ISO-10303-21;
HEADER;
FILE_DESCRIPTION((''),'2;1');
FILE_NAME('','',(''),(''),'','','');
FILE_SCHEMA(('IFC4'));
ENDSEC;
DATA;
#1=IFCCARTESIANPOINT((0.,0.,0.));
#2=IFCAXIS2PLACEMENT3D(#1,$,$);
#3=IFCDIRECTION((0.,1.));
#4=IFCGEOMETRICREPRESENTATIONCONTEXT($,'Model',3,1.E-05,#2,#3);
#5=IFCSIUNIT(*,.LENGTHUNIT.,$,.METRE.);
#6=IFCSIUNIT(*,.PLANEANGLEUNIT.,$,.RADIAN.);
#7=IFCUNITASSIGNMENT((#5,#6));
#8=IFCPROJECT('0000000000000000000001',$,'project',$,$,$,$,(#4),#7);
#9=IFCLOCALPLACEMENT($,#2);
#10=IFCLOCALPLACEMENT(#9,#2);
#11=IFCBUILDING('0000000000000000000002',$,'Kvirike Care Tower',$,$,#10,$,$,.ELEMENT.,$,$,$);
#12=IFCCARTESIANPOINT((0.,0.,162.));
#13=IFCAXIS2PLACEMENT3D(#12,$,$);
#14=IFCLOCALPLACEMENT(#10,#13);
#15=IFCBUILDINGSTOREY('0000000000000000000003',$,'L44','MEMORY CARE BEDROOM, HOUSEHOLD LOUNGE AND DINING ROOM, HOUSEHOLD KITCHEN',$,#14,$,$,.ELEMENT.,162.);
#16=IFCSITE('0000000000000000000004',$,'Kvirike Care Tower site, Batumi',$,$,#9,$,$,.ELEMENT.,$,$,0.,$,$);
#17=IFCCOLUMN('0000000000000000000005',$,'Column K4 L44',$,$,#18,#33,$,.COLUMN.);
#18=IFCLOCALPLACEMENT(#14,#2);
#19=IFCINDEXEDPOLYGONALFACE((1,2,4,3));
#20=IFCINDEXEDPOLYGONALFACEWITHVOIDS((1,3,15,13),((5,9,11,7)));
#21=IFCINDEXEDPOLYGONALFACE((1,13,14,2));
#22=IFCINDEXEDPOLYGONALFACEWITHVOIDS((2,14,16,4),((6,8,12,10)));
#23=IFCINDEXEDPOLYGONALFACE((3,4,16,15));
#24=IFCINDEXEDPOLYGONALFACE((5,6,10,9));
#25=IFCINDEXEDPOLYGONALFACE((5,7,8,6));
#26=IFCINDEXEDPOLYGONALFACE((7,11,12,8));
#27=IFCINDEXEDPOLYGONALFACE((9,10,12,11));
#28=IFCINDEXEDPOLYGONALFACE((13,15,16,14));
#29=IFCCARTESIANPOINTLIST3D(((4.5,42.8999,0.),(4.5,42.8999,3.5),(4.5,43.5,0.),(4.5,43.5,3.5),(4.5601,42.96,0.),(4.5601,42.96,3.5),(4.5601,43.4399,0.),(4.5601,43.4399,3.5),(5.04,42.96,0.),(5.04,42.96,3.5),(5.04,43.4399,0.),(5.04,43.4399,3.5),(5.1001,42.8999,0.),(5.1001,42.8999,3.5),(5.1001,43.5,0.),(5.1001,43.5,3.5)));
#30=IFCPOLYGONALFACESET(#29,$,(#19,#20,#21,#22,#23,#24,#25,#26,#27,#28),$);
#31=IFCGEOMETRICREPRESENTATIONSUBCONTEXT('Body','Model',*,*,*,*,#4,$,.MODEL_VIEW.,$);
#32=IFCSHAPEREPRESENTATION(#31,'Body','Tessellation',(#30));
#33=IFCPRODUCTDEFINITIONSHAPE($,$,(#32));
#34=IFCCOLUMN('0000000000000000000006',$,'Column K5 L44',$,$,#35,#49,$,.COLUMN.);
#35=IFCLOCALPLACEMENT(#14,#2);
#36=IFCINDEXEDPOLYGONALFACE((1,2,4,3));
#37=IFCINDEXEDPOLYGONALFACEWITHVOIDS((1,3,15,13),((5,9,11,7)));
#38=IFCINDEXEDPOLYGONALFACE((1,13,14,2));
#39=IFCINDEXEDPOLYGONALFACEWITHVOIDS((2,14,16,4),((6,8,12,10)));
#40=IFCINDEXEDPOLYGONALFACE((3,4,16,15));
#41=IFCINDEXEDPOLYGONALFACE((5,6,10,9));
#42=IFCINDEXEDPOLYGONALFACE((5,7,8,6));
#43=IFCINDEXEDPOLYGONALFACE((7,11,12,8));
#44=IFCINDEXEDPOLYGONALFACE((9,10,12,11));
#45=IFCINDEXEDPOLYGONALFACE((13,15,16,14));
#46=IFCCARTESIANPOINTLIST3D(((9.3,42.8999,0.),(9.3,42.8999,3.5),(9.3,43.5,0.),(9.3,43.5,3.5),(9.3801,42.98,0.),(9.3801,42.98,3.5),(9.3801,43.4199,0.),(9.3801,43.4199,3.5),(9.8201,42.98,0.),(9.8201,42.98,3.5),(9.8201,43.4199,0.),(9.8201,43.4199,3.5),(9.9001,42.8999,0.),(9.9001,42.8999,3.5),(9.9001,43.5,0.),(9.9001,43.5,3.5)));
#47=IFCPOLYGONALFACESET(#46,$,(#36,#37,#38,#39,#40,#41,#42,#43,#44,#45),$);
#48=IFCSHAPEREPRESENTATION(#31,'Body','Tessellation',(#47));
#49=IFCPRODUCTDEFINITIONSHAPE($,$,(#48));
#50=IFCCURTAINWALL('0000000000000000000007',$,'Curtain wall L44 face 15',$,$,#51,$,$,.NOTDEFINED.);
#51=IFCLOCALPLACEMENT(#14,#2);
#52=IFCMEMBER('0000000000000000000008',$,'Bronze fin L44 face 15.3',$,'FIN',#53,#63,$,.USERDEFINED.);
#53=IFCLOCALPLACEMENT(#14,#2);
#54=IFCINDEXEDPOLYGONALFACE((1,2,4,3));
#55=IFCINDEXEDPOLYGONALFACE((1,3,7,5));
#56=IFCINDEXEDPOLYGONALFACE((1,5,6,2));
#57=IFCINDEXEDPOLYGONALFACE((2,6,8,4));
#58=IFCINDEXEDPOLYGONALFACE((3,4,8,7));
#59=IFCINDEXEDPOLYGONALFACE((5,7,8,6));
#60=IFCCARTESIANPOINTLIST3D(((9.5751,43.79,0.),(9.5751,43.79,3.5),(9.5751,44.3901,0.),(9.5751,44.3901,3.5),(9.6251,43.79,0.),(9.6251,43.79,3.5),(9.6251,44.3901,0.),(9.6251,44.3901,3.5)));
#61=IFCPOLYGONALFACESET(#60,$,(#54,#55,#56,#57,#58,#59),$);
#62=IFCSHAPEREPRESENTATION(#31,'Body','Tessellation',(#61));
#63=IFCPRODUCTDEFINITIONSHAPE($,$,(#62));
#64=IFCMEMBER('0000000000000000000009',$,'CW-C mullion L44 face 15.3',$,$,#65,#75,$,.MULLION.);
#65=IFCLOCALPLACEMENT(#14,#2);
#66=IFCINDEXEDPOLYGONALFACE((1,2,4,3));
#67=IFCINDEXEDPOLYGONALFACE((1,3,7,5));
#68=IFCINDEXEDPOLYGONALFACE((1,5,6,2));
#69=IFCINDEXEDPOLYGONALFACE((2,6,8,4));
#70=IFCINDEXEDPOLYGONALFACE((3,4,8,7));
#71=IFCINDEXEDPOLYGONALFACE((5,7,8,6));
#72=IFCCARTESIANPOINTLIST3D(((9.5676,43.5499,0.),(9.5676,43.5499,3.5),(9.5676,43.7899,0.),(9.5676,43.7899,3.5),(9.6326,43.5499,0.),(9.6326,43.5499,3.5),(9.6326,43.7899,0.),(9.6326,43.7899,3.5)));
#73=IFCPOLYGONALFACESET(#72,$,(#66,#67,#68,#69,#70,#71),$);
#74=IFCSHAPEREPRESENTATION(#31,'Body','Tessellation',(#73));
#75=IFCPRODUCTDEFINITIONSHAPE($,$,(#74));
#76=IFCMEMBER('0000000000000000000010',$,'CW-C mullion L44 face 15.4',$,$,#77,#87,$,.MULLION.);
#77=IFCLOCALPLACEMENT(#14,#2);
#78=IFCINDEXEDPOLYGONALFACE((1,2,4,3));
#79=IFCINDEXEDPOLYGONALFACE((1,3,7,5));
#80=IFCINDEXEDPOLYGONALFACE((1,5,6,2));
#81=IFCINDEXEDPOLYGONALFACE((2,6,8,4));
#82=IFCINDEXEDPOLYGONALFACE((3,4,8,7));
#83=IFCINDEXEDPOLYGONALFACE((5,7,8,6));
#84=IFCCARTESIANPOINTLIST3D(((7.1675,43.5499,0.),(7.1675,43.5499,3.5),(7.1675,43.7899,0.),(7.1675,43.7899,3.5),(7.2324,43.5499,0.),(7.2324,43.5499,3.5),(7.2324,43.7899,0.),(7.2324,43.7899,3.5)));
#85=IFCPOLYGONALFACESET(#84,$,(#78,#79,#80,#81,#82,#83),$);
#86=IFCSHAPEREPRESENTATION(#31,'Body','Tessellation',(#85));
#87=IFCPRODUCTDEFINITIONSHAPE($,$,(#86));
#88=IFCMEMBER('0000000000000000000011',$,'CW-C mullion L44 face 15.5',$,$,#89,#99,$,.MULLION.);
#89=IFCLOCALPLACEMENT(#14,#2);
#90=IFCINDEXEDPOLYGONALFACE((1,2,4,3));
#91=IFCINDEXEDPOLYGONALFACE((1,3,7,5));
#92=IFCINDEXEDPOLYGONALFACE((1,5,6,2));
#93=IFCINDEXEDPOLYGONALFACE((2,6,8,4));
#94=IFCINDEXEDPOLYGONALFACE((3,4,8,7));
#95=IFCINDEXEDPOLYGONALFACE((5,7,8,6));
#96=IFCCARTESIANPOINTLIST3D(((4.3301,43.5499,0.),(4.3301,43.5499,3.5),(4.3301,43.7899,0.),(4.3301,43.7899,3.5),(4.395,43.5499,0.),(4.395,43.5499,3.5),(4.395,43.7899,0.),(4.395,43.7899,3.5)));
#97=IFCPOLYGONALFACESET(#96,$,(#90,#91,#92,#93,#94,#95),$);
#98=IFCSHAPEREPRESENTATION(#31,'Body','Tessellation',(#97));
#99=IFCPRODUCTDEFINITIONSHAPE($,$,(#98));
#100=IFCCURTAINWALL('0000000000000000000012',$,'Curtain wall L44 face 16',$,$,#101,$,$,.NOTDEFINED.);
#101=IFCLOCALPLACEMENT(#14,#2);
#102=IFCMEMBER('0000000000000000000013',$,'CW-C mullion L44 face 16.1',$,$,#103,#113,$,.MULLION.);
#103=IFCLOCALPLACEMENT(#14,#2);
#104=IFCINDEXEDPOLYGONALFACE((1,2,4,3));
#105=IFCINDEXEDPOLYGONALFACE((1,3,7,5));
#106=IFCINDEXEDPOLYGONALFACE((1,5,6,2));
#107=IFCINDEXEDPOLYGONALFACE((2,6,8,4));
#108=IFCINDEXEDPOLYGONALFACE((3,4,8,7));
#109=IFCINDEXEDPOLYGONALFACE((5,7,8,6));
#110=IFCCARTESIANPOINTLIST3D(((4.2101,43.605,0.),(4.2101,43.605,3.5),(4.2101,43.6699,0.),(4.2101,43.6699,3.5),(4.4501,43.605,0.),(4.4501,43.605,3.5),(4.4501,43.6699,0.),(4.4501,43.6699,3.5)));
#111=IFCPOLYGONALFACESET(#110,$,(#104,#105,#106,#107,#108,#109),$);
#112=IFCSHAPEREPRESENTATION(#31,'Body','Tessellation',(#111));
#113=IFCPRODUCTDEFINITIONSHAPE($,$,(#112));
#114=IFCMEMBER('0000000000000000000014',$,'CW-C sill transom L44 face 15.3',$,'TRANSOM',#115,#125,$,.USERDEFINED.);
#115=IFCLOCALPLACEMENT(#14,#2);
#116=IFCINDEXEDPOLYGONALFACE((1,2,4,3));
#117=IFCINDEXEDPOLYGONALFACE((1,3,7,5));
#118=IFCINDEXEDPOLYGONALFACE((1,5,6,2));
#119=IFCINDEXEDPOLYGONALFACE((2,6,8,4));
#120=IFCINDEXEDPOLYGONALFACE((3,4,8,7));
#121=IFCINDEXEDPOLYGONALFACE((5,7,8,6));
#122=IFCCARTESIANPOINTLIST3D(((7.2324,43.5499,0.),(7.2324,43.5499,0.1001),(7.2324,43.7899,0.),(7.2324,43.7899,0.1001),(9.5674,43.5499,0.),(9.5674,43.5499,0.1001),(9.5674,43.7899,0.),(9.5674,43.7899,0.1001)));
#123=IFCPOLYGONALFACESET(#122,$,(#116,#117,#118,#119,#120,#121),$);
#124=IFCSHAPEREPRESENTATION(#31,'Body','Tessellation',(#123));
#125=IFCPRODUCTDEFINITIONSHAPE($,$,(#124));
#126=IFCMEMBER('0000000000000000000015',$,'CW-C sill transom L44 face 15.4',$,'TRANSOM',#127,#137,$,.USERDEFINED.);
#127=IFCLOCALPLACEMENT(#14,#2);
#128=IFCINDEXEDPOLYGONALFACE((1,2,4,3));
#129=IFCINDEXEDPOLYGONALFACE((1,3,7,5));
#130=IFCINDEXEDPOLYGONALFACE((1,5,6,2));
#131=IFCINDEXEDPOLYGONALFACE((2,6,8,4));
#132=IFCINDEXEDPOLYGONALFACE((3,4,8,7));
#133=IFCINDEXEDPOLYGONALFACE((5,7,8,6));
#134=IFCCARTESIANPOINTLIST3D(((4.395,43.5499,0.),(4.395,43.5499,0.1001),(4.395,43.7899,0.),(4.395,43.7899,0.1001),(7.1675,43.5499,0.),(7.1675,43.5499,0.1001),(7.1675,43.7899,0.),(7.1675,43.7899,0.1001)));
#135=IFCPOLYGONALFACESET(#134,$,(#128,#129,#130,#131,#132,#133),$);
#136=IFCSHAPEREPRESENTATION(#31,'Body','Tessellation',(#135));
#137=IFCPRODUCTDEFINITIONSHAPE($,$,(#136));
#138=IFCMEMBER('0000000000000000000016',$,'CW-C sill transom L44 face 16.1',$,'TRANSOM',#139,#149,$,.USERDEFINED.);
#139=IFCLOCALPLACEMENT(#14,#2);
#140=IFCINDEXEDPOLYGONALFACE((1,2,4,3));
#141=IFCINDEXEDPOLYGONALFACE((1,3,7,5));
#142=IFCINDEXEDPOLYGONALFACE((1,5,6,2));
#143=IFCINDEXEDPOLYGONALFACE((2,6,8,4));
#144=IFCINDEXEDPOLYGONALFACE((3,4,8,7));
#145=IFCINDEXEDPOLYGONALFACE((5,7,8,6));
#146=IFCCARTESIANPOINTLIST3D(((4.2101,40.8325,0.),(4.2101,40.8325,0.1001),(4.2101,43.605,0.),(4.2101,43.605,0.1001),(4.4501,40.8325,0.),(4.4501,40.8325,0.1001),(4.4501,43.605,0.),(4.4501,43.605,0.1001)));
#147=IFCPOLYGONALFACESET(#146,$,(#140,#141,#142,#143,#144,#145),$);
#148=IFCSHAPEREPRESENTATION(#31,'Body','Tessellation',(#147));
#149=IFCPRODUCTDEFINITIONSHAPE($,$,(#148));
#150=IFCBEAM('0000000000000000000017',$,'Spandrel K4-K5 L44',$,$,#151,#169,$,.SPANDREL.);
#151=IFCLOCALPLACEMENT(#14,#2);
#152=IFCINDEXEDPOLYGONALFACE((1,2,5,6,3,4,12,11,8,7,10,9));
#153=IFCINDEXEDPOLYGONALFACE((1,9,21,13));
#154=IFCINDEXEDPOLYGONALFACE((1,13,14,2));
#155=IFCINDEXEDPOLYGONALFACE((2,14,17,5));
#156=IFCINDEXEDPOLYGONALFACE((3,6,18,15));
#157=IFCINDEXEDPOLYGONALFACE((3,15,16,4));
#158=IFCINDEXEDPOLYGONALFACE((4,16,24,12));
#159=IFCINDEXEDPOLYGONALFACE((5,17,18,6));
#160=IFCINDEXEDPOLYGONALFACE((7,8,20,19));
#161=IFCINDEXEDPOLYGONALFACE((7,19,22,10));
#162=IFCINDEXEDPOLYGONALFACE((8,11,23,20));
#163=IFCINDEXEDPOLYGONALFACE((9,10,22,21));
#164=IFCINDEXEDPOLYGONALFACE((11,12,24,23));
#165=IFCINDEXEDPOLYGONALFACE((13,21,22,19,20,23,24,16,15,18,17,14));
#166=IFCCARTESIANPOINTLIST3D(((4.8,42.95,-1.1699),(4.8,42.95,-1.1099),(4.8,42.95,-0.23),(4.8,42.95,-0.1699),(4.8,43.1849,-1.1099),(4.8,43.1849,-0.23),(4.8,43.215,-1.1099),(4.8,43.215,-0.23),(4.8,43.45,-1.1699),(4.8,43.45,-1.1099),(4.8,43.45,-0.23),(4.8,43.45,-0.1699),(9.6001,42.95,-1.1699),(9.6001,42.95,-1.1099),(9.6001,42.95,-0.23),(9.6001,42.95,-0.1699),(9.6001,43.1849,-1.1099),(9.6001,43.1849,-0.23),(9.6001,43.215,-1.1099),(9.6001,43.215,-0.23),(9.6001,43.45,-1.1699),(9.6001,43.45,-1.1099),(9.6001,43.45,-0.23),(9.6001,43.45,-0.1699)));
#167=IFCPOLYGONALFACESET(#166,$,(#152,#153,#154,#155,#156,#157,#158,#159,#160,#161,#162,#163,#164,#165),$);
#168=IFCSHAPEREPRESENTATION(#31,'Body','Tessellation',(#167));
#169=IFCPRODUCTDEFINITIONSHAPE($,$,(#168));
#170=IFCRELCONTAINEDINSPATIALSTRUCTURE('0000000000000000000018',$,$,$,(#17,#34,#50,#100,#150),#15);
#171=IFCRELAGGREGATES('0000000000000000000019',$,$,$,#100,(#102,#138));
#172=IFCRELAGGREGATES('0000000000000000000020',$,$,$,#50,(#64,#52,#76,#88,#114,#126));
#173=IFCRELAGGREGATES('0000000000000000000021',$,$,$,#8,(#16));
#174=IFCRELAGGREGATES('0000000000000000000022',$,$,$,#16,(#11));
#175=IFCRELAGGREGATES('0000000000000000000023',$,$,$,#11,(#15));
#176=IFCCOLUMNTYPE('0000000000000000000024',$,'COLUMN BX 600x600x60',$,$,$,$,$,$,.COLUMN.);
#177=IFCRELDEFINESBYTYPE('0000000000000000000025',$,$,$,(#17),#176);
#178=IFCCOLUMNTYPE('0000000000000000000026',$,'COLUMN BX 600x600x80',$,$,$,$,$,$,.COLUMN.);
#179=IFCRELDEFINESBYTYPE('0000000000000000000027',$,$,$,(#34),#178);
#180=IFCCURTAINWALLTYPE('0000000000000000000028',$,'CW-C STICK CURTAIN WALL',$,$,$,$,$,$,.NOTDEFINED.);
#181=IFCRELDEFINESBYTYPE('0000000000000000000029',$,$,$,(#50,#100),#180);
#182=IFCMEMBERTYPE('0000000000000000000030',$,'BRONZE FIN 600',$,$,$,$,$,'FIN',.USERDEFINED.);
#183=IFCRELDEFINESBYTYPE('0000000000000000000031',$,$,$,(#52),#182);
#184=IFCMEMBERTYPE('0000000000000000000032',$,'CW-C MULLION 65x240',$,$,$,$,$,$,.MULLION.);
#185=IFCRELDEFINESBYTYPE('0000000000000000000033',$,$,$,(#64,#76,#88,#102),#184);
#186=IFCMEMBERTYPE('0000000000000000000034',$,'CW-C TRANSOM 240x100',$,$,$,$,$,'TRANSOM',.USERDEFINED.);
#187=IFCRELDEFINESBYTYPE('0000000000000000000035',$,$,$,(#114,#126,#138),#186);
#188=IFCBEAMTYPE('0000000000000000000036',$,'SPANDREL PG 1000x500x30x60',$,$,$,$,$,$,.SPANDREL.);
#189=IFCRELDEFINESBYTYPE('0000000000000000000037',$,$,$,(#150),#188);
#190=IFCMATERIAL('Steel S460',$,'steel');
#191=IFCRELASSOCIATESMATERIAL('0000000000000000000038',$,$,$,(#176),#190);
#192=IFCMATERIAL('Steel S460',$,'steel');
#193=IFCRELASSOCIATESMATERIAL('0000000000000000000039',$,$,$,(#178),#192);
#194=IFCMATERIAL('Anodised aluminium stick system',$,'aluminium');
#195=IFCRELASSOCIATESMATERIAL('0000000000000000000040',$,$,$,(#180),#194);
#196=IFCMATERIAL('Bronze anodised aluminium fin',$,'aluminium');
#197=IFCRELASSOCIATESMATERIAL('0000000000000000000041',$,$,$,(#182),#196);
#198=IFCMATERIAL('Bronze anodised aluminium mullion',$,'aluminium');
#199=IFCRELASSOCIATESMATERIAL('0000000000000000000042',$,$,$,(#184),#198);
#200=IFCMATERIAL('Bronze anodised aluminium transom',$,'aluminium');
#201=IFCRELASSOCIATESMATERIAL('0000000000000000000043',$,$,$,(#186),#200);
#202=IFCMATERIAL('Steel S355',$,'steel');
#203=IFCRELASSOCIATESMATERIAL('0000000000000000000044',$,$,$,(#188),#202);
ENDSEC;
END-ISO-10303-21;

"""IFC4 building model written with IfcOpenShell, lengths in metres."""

from ifc_helpers import new_model, si_unit, direction, frame, origin, origin_2d, place, context, subcontext, project, spatial, rectangle, hollow_rectangle, i_section, extrude, material, material_profile, profile_set, type_object, element, aggregate, save


model = new_model("IFC4")

# Units and contexts
model_context = context("Model", 3, precision=1e-05, world=origin(), true_north=direction((0.0, 1.0)))
body_context = subcontext(model_context, "Body", "Model", "MODEL_VIEW")
ifc_project = project(units=[si_unit("LENGTHUNIT", "METRE"), si_unit("PLANEANGLEUNIT", "RADIAN")], contexts=[model_context])

# Site, building, storey
site_placement = place(None, origin())
site = spatial("IfcSite", under=ifc_project, at=site_placement, Name="Kvirike Care Tower site, Batumi", CompositionType="ELEMENT", RefElevation=0.0)
building_placement = place(site_placement, origin())
building = spatial("IfcBuilding", under=site, at=building_placement, Name="Kvirike Care Tower", CompositionType="ELEMENT")
storey_placement = place(building_placement, frame((0.0, 0.0, 162.0)))
storey = spatial("IfcBuildingStorey", under=building, at=storey_placement, Name="L44", Description="MEMORY CARE BEDROOM, HOUSEHOLD LOUNGE AND DINING ROOM, HOUSEHOLD KITCHEN", CompositionType="ELEMENT", Elevation=162.0)

# Columns
ifc_material_1 = material(Name="Steel S460", Category="steel")
ifc_material_profile_1 = material_profile(ifc_material_1, hollow_rectangle(XDim=0.6001, YDim=0.6001, WallThickness=0.0601, at=origin_2d()), Name="BX 600x600x60")
ifc_profile_set_1 = profile_set([ifc_material_profile_1], Name="Steel S460")
column_type_1 = type_object("IfcColumnType", Name="COLUMN BX 600x600x60", PredefinedType="COLUMN", material=ifc_profile_set_1)
column_1_placement = place(storey_placement, frame((4.8, 43.2, 0.0), z_axis=(0.0, 0.0, 1.0), x_axis=(0.0, 1.0, 0.0)))
element("IfcColumn", 1, at=column_1_placement, inside=storey, type_object=column_type_1, Name="Column K4 L44", PredefinedType="COLUMN", context=body_context, shape_type="SweptSolid", body=[
    extrude(hollow_rectangle(XDim=0.6001, YDim=0.6001, WallThickness=0.0601, at=origin_2d()), origin(), (0.0, 0.0, 1.0), 3.5),
])
ifc_material_2 = material(Name="Steel S460", Category="steel")
ifc_material_profile_2 = material_profile(ifc_material_2, hollow_rectangle(XDim=0.6001, YDim=0.6001, WallThickness=0.0801, at=origin_2d()), Name="BX 600x600x80")
ifc_profile_set_2 = profile_set([ifc_material_profile_2], Name="Steel S460")
column_type_2 = type_object("IfcColumnType", Name="COLUMN BX 600x600x80", PredefinedType="COLUMN", material=ifc_profile_set_2)
column_2_placement = place(storey_placement, frame((9.6001, 43.2, 0.0), z_axis=(0.0, 0.0, 1.0), x_axis=(0.0, 1.0, 0.0)))
element("IfcColumn", 2, at=column_2_placement, inside=storey, type_object=column_type_2, Name="Column K5 L44", PredefinedType="COLUMN", context=body_context, shape_type="SweptSolid", body=[
    extrude(hollow_rectangle(XDim=0.6001, YDim=0.6001, WallThickness=0.0801, at=origin_2d()), origin(), (0.0, 0.0, 1.0), 3.5),
])

# Curtain wall, members
ifc_material_3 = material(Name="Anodised aluminium stick system", Category="aluminium")
curtain_wall_type = type_object("IfcCurtainWallType", Name="CW-C STICK CURTAIN WALL", PredefinedType="NOTDEFINED", material=ifc_material_3)
curtain_wall_1_placement = place(storey_placement, origin())
curtain_wall_1 = element("IfcCurtainWall", 3, at=curtain_wall_1_placement, inside=storey, type_object=curtain_wall_type, Name="Curtain wall L44 face 15", PredefinedType="NOTDEFINED")
ifc_material_4 = material(Name="Bronze anodised aluminium fin", Category="aluminium")
ifc_material_profile_3 = material_profile(ifc_material_4, rectangle(XDim=0.05, YDim=0.6001, at=origin_2d()), Name="BRONZE FIN 600")
ifc_profile_set_3 = profile_set([ifc_material_profile_3], Name="Bronze anodised aluminium fin")
member_type_1 = type_object("IfcMemberType", Name="BRONZE FIN 600", ElementType="FIN", PredefinedType="USERDEFINED", material=ifc_profile_set_3)
member_1_placement = place(storey_placement, frame((9.6001, 44.0901, 0.0), z_axis=(0.0, 0.0, 1.0), x_axis=(-1.0, 0.0, 0.0)))
member_1 = element("IfcMember", 4, at=member_1_placement, type_object=member_type_1, Name="Bronze fin L44 face 15.3", ObjectType="FIN", PredefinedType="USERDEFINED", context=body_context, shape_type="SweptSolid", body=[
    extrude(rectangle(XDim=0.05, YDim=0.6001, at=origin_2d()), origin(), (0.0, 0.0, 1.0), 3.5),
])
ifc_material_5 = material(Name="Bronze anodised aluminium mullion", Category="aluminium")
ifc_material_profile_4 = material_profile(ifc_material_5, rectangle(XDim=0.0649, YDim=0.24, at=origin_2d()), Name="CW-C MULLION 65x240")
ifc_profile_set_4 = profile_set([ifc_material_profile_4], Name="Bronze anodised aluminium mullion")
member_type_2 = type_object("IfcMemberType", Name="CW-C MULLION 65x240", PredefinedType="MULLION", material=ifc_profile_set_4)
member_2_placement = place(storey_placement, frame((9.6001, 43.6699, 0.0), z_axis=(0.0, 0.0, 1.0), x_axis=(-1.0, 0.0, 0.0)))
member_2 = element("IfcMember", 5, at=member_2_placement, type_object=member_type_2, Name="CW-C mullion L44 face 15.3", PredefinedType="MULLION", context=body_context, shape_type="SweptSolid", body=[
    extrude(rectangle(XDim=0.0649, YDim=0.24, at=origin_2d()), origin(), (0.0, 0.0, 1.0), 3.5),
])
member_3_placement = place(storey_placement, frame((7.2, 43.6699, 0.0), z_axis=(0.0, 0.0, 1.0), x_axis=(-1.0, 0.0, 0.0)))
member_3 = element("IfcMember", 6, at=member_3_placement, type_object=member_type_2, Name="CW-C mullion L44 face 15.4", PredefinedType="MULLION", context=body_context, shape_type="SweptSolid", body=[
    extrude(rectangle(XDim=0.0649, YDim=0.24, at=origin_2d()), origin(), (0.0, 0.0, 1.0), 3.5),
])
member_4_placement = place(storey_placement, frame((4.3625, 43.6699, 0.0), z_axis=(0.0, 0.0, 1.0), x_axis=(-1.0, 0.0, 0.0)))
member_4 = element("IfcMember", 7, at=member_4_placement, type_object=member_type_2, Name="CW-C mullion L44 face 15.5", PredefinedType="MULLION", context=body_context, shape_type="SweptSolid", body=[
    extrude(rectangle(XDim=0.0649, YDim=0.24, at=origin_2d()), origin(), (0.0, 0.0, 1.0), 3.5),
])

# Curtain wall, member
curtain_wall_2_placement = place(storey_placement, origin())
curtain_wall_2 = element("IfcCurtainWall", 8, at=curtain_wall_2_placement, inside=storey, type_object=curtain_wall_type, Name="Curtain wall L44 face 16", PredefinedType="NOTDEFINED")
member_5_placement = place(storey_placement, frame((4.3301, 43.6375, 0.0), z_axis=(0.0, 0.0, 1.0), x_axis=(0.0, -1.0, 0.0)))
member_5 = element("IfcMember", 9, at=member_5_placement, type_object=member_type_2, Name="CW-C mullion L44 face 16.1", PredefinedType="MULLION", context=body_context, shape_type="SweptSolid", body=[
    extrude(rectangle(XDim=0.0649, YDim=0.24, at=origin_2d()), origin(), (0.0, 0.0, 1.0), 3.5),
])

# Members
ifc_material_6 = material(Name="Bronze anodised aluminium transom", Category="aluminium")
ifc_material_profile_5 = material_profile(ifc_material_6, rectangle(XDim=0.24, YDim=0.1001, at=origin_2d()), Name="CW-C TRANSOM 240x100")
ifc_profile_set_5 = profile_set([ifc_material_profile_5], Name="Bronze anodised aluminium transom")
member_type_3 = type_object("IfcMemberType", Name="CW-C TRANSOM 240x100", ElementType="TRANSOM", PredefinedType="USERDEFINED", material=ifc_profile_set_5)
member_6_placement = place(storey_placement, frame((9.5674, 43.6699, 0.05), z_axis=(-1.0, 0.0, 0.0), x_axis=(0.0, -1.0, 0.0)))
member_6 = element("IfcMember", 10, at=member_6_placement, type_object=member_type_3, Name="CW-C sill transom L44 face 15.3", ObjectType="TRANSOM", PredefinedType="USERDEFINED", context=body_context, shape_type="SweptSolid", body=[
    extrude(rectangle(XDim=0.24, YDim=0.1001, at=origin_2d()), origin(), (0.0, 0.0, 1.0), 2.335),
])
member_7_placement = place(storey_placement, frame((7.1675, 43.6699, 0.05), z_axis=(-1.0, 0.0, 0.0), x_axis=(0.0, -1.0, 0.0)))
member_7 = element("IfcMember", 11, at=member_7_placement, type_object=member_type_3, Name="CW-C sill transom L44 face 15.4", ObjectType="TRANSOM", PredefinedType="USERDEFINED", context=body_context, shape_type="SweptSolid", body=[
    extrude(rectangle(XDim=0.24, YDim=0.1001, at=origin_2d()), origin(), (0.0, 0.0, 1.0), 2.7725),
])
member_8_placement = place(storey_placement, frame((4.3301, 43.605, 0.05), z_axis=(0.0, -1.0, 0.0), x_axis=(1.0, 0.0, 0.0)))
member_8 = element("IfcMember", 12, at=member_8_placement, type_object=member_type_3, Name="CW-C sill transom L44 face 16.1", ObjectType="TRANSOM", PredefinedType="USERDEFINED", context=body_context, shape_type="SweptSolid", body=[
    extrude(rectangle(XDim=0.24, YDim=0.1001, at=origin_2d()), origin(), (0.0, 0.0, 1.0), 2.7725),
])
aggregate(curtain_wall_2, [member_5, member_8])

# Beam
ifc_material_7 = material(Name="Steel S355", Category="steel")
ifc_material_profile_6 = material_profile(ifc_material_7, i_section(OverallWidth=0.5, OverallDepth=1.0, WebThickness=0.03, FlangeThickness=0.0601, at=origin_2d()), Name="PG 1000x500x30x60")
ifc_profile_set_6 = profile_set([ifc_material_profile_6], Name="Steel S355")
beam_type = type_object("IfcBeamType", Name="SPANDREL PG 1000x500x30x60", PredefinedType="SPANDREL", material=ifc_profile_set_6)
beam_1_placement = place(storey_placement, frame((4.8, 43.2, -0.6699), z_axis=(1.0, 0.0, 0.0), x_axis=(0.0, 1.0, 0.0)))
element("IfcBeam", 13, at=beam_1_placement, inside=storey, type_object=beam_type, Name="Spandrel K4-K5 L44", PredefinedType="SPANDREL", context=body_context, shape_type="SweptSolid", body=[
    extrude(i_section(OverallWidth=0.5, OverallDepth=1.0, WebThickness=0.03, FlangeThickness=0.0601, at=origin_2d()), origin(), (0.0, 0.0, 1.0), 4.8),
])

aggregate(curtain_wall_1, [member_2, member_1, member_3, member_4, member_6, member_7])

save(model, "model.ifc")
